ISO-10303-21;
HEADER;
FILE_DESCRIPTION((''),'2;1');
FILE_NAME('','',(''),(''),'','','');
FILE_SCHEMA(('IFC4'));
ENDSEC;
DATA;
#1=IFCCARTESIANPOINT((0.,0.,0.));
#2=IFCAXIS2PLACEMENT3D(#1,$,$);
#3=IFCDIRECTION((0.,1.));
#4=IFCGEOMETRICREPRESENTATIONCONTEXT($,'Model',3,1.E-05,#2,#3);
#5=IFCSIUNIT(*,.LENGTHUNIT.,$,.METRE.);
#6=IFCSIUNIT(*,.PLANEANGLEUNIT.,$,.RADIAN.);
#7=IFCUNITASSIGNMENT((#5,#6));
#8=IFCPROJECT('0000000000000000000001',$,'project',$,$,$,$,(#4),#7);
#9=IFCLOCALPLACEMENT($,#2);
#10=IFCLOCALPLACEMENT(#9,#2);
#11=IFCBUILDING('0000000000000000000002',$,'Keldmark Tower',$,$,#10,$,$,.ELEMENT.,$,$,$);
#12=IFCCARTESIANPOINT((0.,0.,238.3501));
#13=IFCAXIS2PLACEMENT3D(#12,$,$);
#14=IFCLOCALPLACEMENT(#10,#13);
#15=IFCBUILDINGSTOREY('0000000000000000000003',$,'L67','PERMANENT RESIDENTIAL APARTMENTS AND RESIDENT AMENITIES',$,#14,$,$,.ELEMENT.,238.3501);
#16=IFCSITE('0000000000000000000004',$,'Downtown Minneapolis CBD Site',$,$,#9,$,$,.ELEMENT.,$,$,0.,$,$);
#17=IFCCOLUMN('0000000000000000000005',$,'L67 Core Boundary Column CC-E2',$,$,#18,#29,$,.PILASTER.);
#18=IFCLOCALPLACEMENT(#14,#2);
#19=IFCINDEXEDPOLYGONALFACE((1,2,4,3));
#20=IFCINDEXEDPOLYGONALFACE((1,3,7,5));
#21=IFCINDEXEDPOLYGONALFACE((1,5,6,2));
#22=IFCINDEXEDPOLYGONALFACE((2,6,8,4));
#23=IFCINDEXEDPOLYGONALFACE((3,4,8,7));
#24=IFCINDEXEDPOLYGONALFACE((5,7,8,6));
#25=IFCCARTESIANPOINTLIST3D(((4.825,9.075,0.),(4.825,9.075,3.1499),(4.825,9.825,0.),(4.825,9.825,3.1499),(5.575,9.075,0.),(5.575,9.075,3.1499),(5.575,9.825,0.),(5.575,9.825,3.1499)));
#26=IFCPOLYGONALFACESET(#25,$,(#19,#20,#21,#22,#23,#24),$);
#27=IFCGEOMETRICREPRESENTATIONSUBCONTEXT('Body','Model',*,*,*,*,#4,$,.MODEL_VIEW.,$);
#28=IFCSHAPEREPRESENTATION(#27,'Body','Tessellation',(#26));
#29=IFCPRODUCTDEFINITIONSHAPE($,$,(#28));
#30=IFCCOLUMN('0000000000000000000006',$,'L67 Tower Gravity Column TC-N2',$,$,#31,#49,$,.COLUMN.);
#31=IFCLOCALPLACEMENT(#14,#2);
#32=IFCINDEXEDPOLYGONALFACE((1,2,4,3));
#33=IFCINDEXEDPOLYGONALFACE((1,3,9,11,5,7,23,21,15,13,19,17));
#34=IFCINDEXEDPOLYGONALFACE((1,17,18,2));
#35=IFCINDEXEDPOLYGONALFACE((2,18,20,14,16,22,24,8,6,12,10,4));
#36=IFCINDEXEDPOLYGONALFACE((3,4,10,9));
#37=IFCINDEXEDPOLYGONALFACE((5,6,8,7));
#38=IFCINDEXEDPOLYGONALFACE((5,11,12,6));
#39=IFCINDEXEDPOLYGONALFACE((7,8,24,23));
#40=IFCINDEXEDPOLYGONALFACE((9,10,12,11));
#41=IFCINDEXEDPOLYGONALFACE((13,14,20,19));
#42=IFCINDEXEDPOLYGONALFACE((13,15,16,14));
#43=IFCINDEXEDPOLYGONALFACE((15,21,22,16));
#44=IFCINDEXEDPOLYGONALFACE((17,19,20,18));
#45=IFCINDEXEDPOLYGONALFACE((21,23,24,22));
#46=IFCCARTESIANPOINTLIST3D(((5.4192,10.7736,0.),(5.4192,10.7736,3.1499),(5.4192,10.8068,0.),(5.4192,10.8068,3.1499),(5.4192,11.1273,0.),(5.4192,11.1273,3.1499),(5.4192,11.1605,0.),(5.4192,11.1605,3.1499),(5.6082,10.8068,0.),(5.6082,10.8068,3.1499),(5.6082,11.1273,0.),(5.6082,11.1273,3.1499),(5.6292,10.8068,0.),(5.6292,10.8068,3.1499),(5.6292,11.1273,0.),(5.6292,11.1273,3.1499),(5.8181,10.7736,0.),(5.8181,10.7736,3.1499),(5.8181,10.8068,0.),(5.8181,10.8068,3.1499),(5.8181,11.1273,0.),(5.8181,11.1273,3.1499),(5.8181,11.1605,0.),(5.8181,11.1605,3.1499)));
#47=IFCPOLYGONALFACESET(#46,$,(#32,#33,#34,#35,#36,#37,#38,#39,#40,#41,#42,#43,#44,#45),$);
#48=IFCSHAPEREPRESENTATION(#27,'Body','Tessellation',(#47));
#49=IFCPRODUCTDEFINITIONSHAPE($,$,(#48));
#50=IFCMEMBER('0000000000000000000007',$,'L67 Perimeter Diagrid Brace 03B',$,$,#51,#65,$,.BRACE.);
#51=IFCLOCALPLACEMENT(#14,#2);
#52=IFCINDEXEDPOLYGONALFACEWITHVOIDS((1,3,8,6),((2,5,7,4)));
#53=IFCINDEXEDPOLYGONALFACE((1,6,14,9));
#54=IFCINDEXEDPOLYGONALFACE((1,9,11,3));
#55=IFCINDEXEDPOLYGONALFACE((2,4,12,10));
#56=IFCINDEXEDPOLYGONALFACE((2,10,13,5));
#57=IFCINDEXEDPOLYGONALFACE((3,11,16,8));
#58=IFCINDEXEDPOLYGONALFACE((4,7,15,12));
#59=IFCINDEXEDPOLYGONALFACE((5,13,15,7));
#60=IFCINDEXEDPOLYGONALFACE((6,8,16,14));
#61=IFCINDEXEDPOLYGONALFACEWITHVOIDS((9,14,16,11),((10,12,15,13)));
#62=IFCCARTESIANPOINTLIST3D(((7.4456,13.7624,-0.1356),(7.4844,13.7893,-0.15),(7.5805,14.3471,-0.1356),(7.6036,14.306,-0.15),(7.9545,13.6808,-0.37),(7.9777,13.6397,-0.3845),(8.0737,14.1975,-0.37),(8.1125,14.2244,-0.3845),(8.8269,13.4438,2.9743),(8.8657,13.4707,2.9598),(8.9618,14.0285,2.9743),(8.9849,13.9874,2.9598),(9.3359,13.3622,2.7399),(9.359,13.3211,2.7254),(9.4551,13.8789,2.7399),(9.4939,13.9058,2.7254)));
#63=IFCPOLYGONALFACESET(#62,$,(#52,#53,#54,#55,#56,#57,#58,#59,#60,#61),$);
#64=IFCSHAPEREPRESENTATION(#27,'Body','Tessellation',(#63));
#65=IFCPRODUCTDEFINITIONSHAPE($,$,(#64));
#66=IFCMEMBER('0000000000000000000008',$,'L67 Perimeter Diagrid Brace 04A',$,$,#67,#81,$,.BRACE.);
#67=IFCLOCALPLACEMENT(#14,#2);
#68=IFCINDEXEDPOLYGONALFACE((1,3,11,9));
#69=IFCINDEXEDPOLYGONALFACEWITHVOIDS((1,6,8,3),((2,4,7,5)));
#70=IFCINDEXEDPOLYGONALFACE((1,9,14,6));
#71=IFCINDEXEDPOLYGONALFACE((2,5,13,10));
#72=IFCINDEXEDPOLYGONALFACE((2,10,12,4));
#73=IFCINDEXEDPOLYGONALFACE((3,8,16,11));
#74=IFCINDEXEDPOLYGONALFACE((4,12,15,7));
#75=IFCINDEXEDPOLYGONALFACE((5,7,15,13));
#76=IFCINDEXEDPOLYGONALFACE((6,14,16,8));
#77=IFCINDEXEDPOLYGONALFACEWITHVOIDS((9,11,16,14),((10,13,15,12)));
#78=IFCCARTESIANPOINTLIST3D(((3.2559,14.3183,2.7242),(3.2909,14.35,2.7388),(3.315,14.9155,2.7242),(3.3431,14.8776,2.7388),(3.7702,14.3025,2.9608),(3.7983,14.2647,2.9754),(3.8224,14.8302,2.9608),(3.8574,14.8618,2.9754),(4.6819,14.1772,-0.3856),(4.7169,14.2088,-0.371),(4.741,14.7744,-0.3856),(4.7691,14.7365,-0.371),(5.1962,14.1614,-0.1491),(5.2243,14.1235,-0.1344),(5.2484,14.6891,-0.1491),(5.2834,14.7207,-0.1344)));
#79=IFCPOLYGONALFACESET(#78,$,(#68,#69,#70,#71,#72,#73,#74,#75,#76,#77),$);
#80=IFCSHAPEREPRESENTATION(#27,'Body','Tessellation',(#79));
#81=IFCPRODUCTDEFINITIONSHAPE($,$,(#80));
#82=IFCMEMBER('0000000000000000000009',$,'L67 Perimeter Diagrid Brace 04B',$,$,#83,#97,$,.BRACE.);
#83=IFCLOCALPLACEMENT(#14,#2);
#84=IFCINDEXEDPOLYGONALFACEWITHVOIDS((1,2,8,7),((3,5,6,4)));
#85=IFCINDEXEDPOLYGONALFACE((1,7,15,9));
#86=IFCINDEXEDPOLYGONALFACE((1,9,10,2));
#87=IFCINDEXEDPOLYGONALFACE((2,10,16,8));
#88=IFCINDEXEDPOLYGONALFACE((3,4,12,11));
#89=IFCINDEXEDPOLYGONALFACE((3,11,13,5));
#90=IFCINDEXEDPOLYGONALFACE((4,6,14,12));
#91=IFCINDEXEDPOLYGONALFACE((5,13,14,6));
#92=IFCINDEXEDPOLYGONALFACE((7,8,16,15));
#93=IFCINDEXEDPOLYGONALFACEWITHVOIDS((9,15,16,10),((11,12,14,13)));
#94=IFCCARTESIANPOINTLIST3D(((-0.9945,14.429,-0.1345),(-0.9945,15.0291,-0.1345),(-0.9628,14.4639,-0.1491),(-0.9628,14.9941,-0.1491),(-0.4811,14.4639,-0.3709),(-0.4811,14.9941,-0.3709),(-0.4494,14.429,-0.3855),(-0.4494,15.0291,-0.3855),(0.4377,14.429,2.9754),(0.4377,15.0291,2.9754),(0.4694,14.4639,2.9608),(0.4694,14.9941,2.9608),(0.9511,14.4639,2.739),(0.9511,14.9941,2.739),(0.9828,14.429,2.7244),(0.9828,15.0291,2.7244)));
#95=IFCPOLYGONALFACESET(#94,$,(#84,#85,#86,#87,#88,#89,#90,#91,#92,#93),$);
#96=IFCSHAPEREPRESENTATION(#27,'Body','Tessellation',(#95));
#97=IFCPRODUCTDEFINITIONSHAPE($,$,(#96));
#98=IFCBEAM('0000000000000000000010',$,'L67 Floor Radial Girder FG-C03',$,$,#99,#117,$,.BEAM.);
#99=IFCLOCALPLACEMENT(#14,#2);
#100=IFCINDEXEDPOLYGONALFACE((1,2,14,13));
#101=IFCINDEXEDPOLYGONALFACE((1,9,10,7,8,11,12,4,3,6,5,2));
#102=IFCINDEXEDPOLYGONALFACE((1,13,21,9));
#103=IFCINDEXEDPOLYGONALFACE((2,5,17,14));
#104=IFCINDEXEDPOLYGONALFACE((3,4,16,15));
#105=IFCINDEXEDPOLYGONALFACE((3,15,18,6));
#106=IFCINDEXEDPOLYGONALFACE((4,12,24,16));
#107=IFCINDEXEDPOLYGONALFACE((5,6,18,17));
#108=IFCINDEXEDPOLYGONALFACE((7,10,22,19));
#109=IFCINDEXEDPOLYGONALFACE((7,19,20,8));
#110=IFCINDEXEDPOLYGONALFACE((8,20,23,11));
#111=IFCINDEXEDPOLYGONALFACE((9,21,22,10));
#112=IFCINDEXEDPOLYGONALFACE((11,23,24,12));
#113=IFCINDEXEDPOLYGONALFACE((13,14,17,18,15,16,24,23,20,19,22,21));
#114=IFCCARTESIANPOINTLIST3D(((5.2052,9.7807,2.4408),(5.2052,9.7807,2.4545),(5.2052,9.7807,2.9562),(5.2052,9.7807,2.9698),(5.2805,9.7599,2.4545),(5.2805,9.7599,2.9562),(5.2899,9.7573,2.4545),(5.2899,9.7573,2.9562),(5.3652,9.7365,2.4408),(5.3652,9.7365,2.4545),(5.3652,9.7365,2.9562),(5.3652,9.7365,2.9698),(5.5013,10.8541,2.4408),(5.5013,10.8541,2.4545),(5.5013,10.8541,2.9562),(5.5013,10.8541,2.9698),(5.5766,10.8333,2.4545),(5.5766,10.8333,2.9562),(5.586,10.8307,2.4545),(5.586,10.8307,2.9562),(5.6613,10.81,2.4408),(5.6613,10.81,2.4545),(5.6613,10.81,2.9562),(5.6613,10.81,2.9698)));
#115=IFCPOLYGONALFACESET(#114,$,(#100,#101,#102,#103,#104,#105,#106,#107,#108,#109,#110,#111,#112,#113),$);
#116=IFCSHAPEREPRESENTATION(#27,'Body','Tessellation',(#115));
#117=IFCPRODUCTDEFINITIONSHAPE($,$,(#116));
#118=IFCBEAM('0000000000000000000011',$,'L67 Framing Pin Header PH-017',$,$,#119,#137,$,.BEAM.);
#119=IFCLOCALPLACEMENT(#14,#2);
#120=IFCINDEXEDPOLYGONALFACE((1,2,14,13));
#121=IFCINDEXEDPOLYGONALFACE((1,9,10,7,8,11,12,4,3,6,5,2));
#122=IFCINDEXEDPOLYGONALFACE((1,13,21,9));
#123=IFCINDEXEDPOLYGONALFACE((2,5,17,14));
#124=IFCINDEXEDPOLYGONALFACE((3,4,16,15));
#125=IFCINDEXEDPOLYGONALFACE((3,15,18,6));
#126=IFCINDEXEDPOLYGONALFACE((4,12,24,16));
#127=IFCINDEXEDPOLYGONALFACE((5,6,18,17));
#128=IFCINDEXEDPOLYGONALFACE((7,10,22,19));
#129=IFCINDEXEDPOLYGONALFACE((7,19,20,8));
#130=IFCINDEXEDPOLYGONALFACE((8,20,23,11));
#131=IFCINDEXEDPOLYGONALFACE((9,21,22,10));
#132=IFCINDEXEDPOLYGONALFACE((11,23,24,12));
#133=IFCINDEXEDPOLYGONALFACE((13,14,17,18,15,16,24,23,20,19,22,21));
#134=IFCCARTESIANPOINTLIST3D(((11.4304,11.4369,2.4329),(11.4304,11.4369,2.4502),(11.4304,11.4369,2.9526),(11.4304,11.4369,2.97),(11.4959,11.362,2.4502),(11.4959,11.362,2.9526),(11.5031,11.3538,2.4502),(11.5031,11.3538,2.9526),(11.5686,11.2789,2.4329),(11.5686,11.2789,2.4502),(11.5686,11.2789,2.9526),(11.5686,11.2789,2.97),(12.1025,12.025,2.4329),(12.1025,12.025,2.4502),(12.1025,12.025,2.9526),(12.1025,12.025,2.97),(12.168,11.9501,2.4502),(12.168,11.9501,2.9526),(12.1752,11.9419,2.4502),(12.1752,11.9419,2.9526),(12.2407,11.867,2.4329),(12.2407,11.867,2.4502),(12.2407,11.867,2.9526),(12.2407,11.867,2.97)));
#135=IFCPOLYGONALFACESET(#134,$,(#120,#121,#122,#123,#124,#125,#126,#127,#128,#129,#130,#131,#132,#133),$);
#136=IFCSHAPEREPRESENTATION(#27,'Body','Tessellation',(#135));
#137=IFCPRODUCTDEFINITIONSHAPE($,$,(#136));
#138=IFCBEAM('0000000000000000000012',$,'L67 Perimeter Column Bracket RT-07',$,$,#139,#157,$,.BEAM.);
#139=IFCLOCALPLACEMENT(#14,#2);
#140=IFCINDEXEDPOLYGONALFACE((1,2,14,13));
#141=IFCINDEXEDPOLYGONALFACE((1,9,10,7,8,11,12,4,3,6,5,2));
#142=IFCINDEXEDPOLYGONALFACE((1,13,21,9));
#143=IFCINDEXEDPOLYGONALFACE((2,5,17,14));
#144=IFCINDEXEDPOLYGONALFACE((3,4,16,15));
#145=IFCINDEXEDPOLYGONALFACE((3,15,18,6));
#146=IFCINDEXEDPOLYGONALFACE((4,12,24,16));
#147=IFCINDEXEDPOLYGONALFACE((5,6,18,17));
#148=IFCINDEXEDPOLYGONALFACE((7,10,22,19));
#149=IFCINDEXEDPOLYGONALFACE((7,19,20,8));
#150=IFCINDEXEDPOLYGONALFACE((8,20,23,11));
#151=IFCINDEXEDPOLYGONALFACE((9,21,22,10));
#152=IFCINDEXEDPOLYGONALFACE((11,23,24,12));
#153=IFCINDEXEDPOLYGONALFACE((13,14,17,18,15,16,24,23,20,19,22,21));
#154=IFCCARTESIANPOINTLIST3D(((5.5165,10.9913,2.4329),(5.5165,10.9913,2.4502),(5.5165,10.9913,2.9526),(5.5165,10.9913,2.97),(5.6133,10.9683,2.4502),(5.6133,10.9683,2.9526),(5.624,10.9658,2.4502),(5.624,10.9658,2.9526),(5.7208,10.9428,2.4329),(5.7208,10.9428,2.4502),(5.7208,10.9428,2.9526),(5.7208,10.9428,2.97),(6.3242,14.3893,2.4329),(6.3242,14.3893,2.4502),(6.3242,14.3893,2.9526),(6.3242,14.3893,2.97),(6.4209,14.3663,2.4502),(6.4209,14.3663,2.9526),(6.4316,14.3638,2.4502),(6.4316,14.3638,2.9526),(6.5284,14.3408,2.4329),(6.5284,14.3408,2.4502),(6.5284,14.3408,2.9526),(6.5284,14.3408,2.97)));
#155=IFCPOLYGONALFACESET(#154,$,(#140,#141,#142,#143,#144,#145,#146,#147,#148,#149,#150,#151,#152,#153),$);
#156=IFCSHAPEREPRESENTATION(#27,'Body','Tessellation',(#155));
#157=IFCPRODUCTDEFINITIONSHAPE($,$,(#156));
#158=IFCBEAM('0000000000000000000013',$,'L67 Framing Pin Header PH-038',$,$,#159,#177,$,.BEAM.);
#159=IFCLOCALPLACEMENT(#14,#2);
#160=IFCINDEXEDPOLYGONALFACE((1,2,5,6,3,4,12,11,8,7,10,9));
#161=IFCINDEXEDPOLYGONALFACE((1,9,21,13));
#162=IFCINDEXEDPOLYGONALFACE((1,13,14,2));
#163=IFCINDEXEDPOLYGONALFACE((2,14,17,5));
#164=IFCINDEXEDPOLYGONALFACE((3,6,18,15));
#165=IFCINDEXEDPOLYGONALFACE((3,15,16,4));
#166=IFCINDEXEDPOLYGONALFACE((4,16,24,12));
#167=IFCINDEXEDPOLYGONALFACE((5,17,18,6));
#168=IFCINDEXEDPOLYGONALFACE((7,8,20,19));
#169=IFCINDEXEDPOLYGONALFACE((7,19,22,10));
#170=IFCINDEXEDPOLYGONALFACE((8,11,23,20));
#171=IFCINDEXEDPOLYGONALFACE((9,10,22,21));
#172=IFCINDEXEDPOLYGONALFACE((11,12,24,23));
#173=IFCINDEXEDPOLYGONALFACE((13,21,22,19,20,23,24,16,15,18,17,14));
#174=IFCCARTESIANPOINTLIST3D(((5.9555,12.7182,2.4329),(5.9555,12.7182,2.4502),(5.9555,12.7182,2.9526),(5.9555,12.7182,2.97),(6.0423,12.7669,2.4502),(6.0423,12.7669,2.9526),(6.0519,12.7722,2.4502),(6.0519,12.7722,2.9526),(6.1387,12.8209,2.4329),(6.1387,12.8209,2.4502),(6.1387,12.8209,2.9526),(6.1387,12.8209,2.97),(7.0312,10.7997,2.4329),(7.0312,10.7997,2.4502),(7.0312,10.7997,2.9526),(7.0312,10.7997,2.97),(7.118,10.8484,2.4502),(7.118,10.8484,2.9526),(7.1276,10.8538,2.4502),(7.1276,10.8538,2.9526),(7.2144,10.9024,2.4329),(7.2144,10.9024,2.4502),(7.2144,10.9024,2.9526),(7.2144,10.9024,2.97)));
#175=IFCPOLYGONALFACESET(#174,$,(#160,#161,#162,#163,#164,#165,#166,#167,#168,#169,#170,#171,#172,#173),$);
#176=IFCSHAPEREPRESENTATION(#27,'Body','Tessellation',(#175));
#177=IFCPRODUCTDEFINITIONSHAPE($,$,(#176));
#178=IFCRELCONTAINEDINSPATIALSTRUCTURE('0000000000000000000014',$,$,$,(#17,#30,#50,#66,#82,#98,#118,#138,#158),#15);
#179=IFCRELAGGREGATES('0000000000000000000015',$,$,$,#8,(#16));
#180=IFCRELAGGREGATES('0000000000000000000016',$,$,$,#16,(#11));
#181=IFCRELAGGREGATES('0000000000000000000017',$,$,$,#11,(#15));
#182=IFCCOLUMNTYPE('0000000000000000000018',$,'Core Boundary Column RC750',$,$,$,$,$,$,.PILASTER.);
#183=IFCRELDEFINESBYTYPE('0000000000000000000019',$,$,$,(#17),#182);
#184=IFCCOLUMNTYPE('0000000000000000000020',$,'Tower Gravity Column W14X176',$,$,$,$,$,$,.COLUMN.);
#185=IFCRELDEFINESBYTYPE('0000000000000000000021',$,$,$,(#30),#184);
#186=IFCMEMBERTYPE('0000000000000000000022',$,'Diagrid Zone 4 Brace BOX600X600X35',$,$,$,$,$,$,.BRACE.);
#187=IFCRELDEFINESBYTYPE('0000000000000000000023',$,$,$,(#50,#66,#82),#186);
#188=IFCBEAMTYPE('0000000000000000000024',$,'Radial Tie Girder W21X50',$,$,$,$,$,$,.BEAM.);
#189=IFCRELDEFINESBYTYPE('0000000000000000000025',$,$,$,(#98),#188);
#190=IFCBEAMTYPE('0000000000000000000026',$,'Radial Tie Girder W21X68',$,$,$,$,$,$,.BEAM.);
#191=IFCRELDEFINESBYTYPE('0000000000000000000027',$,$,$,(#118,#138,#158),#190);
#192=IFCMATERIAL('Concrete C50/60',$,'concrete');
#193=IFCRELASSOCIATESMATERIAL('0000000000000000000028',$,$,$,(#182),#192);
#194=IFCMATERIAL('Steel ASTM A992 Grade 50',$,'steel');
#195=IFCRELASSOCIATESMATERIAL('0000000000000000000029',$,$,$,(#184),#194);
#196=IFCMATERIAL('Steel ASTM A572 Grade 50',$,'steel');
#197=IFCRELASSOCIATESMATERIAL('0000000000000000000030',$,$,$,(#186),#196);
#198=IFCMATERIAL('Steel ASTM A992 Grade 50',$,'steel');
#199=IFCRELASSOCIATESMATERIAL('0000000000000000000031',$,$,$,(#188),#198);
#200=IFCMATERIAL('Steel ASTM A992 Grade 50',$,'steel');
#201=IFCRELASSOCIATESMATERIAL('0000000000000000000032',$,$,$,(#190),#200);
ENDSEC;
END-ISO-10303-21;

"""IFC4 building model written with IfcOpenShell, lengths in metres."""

from ifc_helpers import new_model, si_unit, direction, frame, origin, origin_2d, place, context, subcontext, project, spatial, rectangle, hollow_rectangle, i_section, extrude, material, material_profile, profile_set, type_object, element, save


model = new_model("IFC4")

# Units and contexts
model_context = context("Model", 3, precision=1e-05, world=origin(), true_north=direction((0.0, 1.0)))
body_context = subcontext(model_context, "Body", "Model", "MODEL_VIEW")
ifc_project = project(units=[si_unit("LENGTHUNIT", "METRE"), si_unit("PLANEANGLEUNIT", "RADIAN")], contexts=[model_context])

# Site, building, storey
site_placement = place(None, origin())
site = spatial("IfcSite", under=ifc_project, at=site_placement, Name="Downtown Minneapolis CBD Site", CompositionType="ELEMENT", RefElevation=0.0)
building_placement = place(site_placement, origin())
building = spatial("IfcBuilding", under=site, at=building_placement, Name="Keldmark Tower", CompositionType="ELEMENT")
storey_placement = place(building_placement, frame((0.0, 0.0, 238.3501)))
storey = spatial("IfcBuildingStorey", under=building, at=storey_placement, Name="L67", Description="PERMANENT RESIDENTIAL APARTMENTS AND RESIDENT AMENITIES", CompositionType="ELEMENT", Elevation=238.3501)

# Columns
ifc_material_1 = material(Name="Concrete C50/60", Category="concrete")
ifc_material_profile_1 = material_profile(ifc_material_1, rectangle(XDim=0.75, YDim=0.75, at=origin_2d()), Name="RC750X750")
ifc_profile_set_1 = profile_set([ifc_material_profile_1], Name="Concrete C50/60")
column_type_1 = type_object("IfcColumnType", Name="Core Boundary Column RC750", PredefinedType="PILASTER", material=ifc_profile_set_1)
column_1_placement = place(storey_placement, frame((5.2, 9.45, 0.0), z_axis=(0.0, 0.0, 1.0), x_axis=(1.0, 0.0, 0.0)))
element("IfcColumn", 1, at=column_1_placement, inside=storey, type_object=column_type_1, Name="L67 Core Boundary Column CC-E2", PredefinedType="PILASTER", context=body_context, shape_type="SweptSolid", body=[
    extrude(rectangle(XDim=0.75, YDim=0.75, at=origin_2d()), origin(), (0.0, 0.0, 1.0), 3.1499),
])
ifc_material_2 = material(Name="Steel ASTM A992 Grade 50", Category="steel")
ifc_material_profile_2 = material_profile(ifc_material_2, i_section(OverallWidth=0.3989, OverallDepth=0.387, WebThickness=0.021, FlangeThickness=0.0332, at=origin_2d()), Name="W14X176")
ifc_profile_set_2 = profile_set([ifc_material_profile_2], Name="Steel ASTM A992 Grade 50")
column_type_2 = type_object("IfcColumnType", Name="Tower Gravity Column W14X176", PredefinedType="COLUMN", material=ifc_profile_set_2)
column_2_placement = place(storey_placement, frame((5.6187, 10.967, 0.0), z_axis=(0.0, 0.0, 1.0), x_axis=(1.0, 0.0, 0.0)))
element("IfcColumn", 2, at=column_2_placement, inside=storey, type_object=column_type_2, Name="L67 Tower Gravity Column TC-N2", PredefinedType="COLUMN", context=body_context, shape_type="SweptSolid", body=[
    extrude(i_section(OverallWidth=0.3989, OverallDepth=0.387, WebThickness=0.021, FlangeThickness=0.0332, at=origin_2d()), origin(), (0.0, 0.0, 1.0), 3.1499),
])

# Members
ifc_material_3 = material(Name="Steel ASTM A572 Grade 50", Category="steel")
ifc_material_profile_3 = material_profile(ifc_material_3, hollow_rectangle(XDim=0.6001, YDim=0.6001, WallThickness=0.0349, at=origin_2d()), Name="BOX600X600X35")
ifc_profile_set_3 = profile_set([ifc_material_profile_3], Name="Steel ASTM A572 Grade 50")
member_type = type_object("IfcMemberType", Name="Diagrid Zone 4 Brace BOX600X600X35", PredefinedType="BRACE", material=ifc_profile_set_3)
member_1_placement = place(storey_placement, frame((7.7791, 13.9934, -0.26), z_axis=(0.404171, -0.093221, 0.909921), x_axis=(0.224746, 0.974417, 0.0)))
element("IfcMember", 3, at=member_1_placement, inside=storey, type_object=member_type, Name="L67 Perimeter Diagrid Brace 03B", PredefinedType="BRACE", context=body_context, shape_type="SweptSolid", body=[
    extrude(hollow_rectangle(XDim=0.6001, YDim=0.6001, WallThickness=0.0349, at=origin_2d()), origin(), (0.0, 0.0, 1.0), 3.4177),
])
member_2_placement = place(storey_placement, frame((4.9827, 14.449, -0.26), z_axis=(-0.416463, 0.041211, 0.908218), x_axis=(-0.098475, -0.99514, 0.0)))
element("IfcMember", 4, at=member_2_placement, inside=storey, type_object=member_type, Name="L67 Perimeter Diagrid Brace 04A", PredefinedType="BRACE", context=body_context, shape_type="SweptSolid", body=[
    extrude(hollow_rectangle(XDim=0.6001, YDim=0.6001, WallThickness=0.0349, at=origin_2d()), origin(), (0.0, 0.0, 1.0), 3.4241),
])
member_3_placement = place(storey_placement, frame((-0.7219, 14.729, -0.26), z_axis=(0.418289, 0.0, 0.908314), x_axis=(0.0, 1.0, 0.0)))
element("IfcMember", 5, at=member_3_placement, inside=storey, type_object=member_type, Name="L67 Perimeter Diagrid Brace 04B", PredefinedType="BRACE", context=body_context, shape_type="SweptSolid", body=[
    extrude(hollow_rectangle(XDim=0.6001, YDim=0.6001, WallThickness=0.0349, at=origin_2d()), origin(), (0.0, 0.0, 1.0), 3.4238),
])

# Beams
ifc_material_4 = material(Name="Steel ASTM A992 Grade 50", Category="steel")
ifc_material_profile_4 = material_profile(ifc_material_4, i_section(OverallWidth=0.166, OverallDepth=0.5291, WebThickness=0.0098, FlangeThickness=0.0137, at=origin_2d()), Name="W21X50")
ifc_profile_set_4 = profile_set([ifc_material_profile_4], Name="Steel ASTM A992 Grade 50")
beam_type_1 = type_object("IfcBeamType", Name="Radial Tie Girder W21X50", PredefinedType="BEAM", material=ifc_profile_set_4)
beam_1_placement = place(storey_placement, frame((5.5813, 10.832, 2.7053), z_axis=(-0.265936, -0.963991, 0.0), x_axis=(0.963991, -0.265936, 0.0)))
element("IfcBeam", 6, at=beam_1_placement, inside=storey, type_object=beam_type_1, Name="L67 Floor Radial Girder FG-C03", PredefinedType="BEAM", context=body_context, shape_type="SweptSolid", body=[
    extrude(i_section(OverallWidth=0.166, OverallDepth=0.5291, WebThickness=0.0098, FlangeThickness=0.0137, at=origin_2d()), origin(), (0.0, 0.0, 1.0), 1.1135),
])
ifc_material_5 = material(Name="Steel ASTM A992 Grade 50", Category="steel")
ifc_material_profile_5 = material_profile(ifc_material_5, i_section(OverallWidth=0.21, OverallDepth=0.5371, WebThickness=0.011, FlangeThickness=0.0173, at=origin_2d()), Name="W21X68")
ifc_profile_set_5 = profile_set([ifc_material_profile_5], Name="Steel ASTM A992 Grade 50")
beam_type_2 = type_object("IfcBeamType", Name="Radial Tie Girder W21X68", PredefinedType="BEAM", material=ifc_profile_set_5)
beam_2_placement = place(storey_placement, frame((11.4995, 11.3579, 2.7014), z_axis=(0.75256, 0.658524, 0.0), x_axis=(-0.658524, 0.75256, 0.0)))
element("IfcBeam", 7, at=beam_2_placement, inside=storey, type_object=beam_type_2, Name="L67 Framing Pin Header PH-017", PredefinedType="BEAM", context=body_context, shape_type="SweptSolid", body=[
    extrude(i_section(OverallWidth=0.21, OverallDepth=0.5371, WebThickness=0.011, FlangeThickness=0.0173, at=origin_2d()), origin(), (0.0, 0.0, 1.0), 0.8931),
])
beam_3_placement = place(storey_placement, frame((5.6187, 10.967, 2.7014), z_axis=(0.231236, 0.972898, 0.0), x_axis=(-0.972898, 0.231236, 0.0)))
element("IfcBeam", 8, at=beam_3_placement, inside=storey, type_object=beam_type_2, Name="L67 Perimeter Column Bracket RT-07", PredefinedType="BEAM", context=body_context, shape_type="SweptSolid", body=[
    extrude(i_section(OverallWidth=0.21, OverallDepth=0.5371, WebThickness=0.011, FlangeThickness=0.0173, at=origin_2d()), origin(), (0.0, 0.0, 1.0), 3.4927),
])
beam_4_placement = place(storey_placement, frame((7.1228, 10.8511, 2.7014), z_axis=(-0.48907, 0.872245, 0.0), x_axis=(-0.872245, -0.48907, 0.0)))
element("IfcBeam", 9, at=beam_4_placement, inside=storey, type_object=beam_type_2, Name="L67 Framing Pin Header PH-038", PredefinedType="BEAM", context=body_context, shape_type="SweptSolid", body=[
    extrude(i_section(OverallWidth=0.21, OverallDepth=0.5371, WebThickness=0.011, FlangeThickness=0.0173, at=origin_2d()), origin(), (0.0, 0.0, 1.0), 2.1995),
])

save(model, "model.ifc")
